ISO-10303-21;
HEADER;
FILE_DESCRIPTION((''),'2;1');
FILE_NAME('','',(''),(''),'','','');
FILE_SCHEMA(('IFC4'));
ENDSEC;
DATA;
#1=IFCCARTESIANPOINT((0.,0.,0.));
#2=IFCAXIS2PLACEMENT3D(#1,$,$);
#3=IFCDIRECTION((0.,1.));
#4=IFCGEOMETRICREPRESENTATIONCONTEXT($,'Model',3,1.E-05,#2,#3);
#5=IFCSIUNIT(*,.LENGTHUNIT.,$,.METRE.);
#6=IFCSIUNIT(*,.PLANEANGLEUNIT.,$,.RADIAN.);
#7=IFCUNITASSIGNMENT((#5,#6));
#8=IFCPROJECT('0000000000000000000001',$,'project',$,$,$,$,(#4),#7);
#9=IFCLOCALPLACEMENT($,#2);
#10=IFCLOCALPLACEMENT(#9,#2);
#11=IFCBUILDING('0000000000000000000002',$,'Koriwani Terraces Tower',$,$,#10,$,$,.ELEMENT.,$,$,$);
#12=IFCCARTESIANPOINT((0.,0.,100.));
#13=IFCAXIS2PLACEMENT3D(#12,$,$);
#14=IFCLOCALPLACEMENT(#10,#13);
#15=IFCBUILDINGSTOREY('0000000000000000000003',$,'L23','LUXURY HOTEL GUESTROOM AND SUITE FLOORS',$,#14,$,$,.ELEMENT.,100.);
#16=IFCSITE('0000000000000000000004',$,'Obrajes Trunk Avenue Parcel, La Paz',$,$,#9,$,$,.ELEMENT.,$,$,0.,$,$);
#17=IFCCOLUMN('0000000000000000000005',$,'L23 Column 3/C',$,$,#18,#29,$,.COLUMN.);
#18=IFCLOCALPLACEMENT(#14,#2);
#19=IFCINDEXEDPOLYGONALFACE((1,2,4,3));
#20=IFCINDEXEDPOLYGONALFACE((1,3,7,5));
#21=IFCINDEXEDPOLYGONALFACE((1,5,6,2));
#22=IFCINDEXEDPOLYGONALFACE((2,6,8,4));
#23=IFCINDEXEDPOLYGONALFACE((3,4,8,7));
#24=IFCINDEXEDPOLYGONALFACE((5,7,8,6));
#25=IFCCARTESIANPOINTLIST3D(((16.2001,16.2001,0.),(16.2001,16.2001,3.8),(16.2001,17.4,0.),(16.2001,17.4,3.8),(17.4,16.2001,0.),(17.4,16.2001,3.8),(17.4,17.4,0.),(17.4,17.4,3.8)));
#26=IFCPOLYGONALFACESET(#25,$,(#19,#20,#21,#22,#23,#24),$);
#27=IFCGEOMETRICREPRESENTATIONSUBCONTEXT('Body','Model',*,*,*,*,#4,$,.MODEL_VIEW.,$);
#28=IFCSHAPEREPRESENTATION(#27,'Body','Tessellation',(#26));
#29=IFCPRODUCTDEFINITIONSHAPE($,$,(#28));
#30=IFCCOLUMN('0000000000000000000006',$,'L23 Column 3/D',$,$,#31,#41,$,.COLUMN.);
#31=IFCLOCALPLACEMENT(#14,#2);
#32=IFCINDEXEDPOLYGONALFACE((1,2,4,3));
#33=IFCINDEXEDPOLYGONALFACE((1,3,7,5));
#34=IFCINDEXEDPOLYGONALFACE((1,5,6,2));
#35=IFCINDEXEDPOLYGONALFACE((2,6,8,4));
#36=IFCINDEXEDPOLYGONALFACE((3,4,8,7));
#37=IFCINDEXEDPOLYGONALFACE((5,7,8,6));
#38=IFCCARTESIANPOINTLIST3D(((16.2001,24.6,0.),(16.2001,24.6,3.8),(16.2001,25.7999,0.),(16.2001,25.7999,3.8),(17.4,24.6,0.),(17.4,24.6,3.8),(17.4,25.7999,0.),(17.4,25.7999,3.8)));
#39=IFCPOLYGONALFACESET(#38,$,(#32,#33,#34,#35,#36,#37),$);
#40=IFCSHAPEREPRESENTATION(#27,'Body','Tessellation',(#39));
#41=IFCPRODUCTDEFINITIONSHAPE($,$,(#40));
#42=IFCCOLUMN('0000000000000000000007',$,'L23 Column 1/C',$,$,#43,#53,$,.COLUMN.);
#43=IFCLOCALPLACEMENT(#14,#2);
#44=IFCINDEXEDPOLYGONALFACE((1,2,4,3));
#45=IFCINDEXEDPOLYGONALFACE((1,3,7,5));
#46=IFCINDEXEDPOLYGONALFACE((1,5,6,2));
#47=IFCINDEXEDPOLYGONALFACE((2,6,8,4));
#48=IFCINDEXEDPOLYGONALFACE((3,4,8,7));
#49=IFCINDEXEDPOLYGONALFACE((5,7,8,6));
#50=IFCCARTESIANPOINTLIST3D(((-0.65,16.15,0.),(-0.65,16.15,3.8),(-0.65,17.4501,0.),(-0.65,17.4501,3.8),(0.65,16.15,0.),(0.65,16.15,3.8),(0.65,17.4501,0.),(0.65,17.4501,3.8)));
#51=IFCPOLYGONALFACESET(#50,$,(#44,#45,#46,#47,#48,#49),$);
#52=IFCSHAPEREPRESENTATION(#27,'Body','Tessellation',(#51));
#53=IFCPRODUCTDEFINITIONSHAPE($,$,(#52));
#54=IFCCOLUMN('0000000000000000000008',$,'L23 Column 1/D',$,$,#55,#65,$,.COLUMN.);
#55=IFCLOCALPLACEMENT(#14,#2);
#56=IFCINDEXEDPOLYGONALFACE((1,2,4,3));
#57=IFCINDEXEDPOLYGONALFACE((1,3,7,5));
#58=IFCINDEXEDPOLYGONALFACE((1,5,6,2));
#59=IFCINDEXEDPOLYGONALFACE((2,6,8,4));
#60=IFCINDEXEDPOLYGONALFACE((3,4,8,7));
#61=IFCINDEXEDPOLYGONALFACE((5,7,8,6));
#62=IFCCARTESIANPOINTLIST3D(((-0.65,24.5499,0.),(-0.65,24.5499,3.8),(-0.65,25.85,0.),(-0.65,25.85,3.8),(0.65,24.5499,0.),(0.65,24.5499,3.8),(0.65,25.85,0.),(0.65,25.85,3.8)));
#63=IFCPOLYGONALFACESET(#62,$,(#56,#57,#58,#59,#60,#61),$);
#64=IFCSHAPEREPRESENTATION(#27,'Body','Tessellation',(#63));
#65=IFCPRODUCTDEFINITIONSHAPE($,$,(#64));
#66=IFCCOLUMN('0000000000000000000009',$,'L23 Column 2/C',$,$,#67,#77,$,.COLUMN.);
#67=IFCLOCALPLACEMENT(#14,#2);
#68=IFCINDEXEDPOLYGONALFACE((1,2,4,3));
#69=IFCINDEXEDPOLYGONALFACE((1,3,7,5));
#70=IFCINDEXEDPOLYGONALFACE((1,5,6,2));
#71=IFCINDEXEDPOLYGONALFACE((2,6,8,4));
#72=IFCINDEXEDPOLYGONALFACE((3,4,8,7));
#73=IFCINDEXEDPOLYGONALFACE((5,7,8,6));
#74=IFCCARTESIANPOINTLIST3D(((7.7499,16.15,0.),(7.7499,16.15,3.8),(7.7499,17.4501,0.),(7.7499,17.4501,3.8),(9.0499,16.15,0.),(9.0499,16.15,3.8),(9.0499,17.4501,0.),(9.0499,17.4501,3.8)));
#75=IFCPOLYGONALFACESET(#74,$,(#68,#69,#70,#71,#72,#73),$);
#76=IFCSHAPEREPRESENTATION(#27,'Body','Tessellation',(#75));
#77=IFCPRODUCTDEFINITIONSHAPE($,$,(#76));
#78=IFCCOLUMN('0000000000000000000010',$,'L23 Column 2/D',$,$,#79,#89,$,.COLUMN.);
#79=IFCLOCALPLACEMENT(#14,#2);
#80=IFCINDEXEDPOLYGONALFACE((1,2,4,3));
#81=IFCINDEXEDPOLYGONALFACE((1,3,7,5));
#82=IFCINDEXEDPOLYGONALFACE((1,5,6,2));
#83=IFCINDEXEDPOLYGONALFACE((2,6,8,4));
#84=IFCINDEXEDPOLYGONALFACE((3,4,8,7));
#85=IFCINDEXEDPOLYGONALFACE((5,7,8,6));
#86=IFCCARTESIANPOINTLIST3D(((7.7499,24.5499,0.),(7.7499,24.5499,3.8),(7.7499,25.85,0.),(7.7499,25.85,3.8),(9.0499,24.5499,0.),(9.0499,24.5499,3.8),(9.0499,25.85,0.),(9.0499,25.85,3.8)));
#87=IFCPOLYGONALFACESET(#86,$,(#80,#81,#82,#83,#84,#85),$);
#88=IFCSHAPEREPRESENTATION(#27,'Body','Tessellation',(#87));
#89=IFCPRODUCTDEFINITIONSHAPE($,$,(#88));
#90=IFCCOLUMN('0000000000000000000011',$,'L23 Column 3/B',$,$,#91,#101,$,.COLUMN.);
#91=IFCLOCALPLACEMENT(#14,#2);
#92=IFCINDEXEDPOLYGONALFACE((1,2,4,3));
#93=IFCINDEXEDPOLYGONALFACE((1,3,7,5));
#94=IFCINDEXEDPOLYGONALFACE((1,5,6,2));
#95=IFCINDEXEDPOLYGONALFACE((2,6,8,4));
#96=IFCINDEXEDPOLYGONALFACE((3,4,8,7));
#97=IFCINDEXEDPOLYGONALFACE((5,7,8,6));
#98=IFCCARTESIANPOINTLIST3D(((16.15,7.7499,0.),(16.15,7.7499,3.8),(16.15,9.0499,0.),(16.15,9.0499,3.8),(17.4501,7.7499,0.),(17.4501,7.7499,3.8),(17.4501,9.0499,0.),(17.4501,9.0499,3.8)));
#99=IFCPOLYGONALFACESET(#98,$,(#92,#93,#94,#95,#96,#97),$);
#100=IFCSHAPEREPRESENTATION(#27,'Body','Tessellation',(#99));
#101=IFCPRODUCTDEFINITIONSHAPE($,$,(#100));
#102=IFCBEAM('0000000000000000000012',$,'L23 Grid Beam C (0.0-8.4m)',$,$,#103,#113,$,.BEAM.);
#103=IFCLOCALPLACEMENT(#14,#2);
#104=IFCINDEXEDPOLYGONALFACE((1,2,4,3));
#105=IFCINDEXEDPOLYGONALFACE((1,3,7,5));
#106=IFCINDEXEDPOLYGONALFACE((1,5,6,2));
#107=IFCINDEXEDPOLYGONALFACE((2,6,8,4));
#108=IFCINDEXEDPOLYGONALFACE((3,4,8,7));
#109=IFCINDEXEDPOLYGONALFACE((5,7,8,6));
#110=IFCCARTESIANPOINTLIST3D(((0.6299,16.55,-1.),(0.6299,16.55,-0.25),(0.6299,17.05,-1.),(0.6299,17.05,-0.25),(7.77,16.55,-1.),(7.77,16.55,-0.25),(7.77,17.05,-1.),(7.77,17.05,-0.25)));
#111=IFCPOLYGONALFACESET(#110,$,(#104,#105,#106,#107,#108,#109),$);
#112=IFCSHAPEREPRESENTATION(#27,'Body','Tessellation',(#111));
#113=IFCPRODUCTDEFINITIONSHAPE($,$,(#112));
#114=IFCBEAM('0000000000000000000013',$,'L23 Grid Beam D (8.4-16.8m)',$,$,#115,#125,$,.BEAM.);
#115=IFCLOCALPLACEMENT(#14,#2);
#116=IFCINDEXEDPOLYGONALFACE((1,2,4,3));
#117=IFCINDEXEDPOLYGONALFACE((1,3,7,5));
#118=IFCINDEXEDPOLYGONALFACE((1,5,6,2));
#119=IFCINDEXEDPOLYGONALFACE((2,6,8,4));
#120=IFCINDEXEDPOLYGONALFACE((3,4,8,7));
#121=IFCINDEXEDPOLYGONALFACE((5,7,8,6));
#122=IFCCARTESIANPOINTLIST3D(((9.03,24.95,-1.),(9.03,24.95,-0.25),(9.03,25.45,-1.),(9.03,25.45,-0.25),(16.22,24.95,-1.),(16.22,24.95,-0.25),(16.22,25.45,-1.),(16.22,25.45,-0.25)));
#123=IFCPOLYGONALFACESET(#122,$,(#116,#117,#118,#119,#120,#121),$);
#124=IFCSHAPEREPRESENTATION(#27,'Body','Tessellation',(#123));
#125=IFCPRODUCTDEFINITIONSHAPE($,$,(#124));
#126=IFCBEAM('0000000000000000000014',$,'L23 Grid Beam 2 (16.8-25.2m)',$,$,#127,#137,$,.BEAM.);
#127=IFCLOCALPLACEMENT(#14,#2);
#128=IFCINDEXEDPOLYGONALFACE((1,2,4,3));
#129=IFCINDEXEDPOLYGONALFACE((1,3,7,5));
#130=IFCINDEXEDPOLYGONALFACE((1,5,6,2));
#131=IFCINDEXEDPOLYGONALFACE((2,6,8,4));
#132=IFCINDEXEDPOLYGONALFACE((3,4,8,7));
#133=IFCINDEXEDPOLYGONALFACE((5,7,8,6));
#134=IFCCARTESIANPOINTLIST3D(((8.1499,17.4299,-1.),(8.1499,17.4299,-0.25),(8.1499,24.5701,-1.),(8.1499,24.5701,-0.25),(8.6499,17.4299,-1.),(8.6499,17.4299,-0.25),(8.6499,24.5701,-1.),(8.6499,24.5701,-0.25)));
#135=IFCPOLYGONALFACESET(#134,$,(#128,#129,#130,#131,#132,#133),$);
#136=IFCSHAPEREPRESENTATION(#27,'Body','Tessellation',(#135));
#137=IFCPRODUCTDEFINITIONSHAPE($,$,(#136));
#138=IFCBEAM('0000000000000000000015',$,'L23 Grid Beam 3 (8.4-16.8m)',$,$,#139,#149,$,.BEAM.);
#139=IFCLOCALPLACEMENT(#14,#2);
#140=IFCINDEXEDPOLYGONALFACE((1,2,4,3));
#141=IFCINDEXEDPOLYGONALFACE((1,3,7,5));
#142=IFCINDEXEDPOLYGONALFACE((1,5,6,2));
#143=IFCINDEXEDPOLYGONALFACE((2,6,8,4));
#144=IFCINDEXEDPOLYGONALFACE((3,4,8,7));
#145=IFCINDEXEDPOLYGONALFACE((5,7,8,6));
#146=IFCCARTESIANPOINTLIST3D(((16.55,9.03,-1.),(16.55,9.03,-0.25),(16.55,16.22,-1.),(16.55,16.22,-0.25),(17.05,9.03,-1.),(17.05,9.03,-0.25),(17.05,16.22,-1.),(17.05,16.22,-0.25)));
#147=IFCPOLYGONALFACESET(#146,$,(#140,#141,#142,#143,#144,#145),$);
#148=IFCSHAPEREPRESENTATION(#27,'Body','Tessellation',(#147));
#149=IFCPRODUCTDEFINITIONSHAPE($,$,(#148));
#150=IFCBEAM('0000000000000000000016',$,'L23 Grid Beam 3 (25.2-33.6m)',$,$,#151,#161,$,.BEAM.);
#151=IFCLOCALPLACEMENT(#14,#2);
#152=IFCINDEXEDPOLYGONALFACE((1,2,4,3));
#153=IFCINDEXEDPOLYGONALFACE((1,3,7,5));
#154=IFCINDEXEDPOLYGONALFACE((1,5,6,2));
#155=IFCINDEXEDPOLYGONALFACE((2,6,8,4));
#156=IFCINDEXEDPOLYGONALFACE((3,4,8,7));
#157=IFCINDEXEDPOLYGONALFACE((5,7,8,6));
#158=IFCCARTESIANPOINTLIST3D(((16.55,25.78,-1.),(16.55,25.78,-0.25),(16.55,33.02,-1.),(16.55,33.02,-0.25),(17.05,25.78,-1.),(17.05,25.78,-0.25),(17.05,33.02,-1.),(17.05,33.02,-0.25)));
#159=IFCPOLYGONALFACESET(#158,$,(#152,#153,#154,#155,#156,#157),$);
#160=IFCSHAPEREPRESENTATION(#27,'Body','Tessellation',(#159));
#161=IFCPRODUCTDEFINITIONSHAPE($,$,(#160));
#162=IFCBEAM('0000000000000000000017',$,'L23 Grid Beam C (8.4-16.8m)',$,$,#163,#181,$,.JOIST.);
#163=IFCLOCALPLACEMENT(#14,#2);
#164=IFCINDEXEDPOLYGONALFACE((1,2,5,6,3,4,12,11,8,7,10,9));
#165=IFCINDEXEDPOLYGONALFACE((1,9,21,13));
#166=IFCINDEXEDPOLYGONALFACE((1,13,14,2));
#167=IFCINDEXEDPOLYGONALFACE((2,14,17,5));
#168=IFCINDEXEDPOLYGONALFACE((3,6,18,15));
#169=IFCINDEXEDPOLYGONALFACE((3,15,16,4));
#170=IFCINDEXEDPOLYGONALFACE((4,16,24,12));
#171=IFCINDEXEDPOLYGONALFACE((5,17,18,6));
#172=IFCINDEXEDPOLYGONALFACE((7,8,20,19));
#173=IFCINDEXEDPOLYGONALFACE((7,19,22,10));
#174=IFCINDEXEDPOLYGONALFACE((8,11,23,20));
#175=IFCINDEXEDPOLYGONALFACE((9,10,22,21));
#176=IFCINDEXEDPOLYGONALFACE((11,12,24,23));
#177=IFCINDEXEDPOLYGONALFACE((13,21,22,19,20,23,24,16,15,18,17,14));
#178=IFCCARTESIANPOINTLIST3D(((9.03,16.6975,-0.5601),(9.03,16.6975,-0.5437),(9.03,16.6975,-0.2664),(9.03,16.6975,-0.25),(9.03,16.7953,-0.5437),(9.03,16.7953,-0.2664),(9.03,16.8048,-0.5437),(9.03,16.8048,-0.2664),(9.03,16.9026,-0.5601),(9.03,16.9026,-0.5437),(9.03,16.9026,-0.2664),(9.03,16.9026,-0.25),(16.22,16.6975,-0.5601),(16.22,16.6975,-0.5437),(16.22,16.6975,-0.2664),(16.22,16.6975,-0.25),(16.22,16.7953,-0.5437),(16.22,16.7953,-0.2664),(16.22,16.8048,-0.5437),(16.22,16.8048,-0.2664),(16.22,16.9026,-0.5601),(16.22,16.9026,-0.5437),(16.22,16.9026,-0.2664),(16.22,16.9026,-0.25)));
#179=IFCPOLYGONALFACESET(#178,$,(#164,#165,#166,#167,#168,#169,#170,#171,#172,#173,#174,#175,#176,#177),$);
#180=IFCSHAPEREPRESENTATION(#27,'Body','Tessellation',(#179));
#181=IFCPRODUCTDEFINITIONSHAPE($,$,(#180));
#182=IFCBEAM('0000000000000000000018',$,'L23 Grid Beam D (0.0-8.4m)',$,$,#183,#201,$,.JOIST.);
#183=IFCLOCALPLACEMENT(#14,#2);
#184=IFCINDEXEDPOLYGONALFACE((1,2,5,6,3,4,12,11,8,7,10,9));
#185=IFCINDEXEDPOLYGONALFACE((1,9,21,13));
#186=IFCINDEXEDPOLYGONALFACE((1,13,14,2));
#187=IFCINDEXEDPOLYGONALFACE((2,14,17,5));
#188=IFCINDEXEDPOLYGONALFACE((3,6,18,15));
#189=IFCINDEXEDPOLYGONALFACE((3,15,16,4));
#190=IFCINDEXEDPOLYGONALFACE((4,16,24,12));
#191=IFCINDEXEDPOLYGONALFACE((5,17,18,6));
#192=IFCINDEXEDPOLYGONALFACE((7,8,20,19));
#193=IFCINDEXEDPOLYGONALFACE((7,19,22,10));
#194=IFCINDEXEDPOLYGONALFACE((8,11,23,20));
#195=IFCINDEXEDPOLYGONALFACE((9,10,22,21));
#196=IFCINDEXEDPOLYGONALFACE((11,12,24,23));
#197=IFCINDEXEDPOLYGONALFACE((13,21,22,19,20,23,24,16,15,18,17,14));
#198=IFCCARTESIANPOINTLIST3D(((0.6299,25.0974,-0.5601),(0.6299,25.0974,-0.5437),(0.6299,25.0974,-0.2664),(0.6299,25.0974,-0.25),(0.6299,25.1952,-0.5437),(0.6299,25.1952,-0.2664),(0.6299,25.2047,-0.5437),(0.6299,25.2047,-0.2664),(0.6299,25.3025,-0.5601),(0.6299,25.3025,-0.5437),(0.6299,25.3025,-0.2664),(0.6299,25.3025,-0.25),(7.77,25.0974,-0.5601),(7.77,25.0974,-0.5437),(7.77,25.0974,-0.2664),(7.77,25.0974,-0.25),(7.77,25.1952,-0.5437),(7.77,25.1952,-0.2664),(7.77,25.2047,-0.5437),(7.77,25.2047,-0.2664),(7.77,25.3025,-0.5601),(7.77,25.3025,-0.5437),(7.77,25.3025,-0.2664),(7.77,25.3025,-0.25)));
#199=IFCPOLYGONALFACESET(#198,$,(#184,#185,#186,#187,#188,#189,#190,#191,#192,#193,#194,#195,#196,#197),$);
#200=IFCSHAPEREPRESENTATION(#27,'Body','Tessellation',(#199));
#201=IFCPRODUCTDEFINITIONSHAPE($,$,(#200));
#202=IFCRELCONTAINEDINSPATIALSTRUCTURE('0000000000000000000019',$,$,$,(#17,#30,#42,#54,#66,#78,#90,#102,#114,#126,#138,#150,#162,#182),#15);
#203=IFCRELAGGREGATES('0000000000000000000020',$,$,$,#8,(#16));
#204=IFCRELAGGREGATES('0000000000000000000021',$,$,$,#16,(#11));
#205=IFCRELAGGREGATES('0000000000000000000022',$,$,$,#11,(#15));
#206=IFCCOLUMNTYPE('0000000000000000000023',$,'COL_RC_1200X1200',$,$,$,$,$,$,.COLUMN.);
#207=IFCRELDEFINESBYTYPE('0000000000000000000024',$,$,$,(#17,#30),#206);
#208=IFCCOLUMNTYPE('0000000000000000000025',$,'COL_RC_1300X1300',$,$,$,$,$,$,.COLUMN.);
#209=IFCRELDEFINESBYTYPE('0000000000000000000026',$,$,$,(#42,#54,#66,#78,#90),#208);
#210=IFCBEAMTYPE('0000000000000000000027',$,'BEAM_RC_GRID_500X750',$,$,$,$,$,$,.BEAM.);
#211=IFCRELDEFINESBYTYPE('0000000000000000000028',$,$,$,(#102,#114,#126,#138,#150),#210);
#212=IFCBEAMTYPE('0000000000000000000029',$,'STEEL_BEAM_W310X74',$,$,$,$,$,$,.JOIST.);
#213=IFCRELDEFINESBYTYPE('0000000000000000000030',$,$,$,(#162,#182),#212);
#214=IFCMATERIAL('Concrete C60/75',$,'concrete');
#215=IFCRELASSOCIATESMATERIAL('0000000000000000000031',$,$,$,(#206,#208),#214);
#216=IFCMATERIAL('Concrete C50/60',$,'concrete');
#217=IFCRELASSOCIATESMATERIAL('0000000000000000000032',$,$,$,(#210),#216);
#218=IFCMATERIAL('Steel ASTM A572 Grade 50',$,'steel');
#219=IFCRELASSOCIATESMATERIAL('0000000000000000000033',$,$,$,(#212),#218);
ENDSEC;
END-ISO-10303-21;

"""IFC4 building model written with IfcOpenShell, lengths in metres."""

from ifc_helpers import new_model, si_unit, direction, frame, origin, origin_2d, place, context, subcontext, project, spatial, rectangle, i_section, extrude, material, material_profile, profile_set, type_object, element, save


model = new_model("IFC4")

# Units and contexts
model_context = context("Model", 3, precision=1e-05, world=origin(), true_north=direction((0.0, 1.0)))
body_context = subcontext(model_context, "Body", "Model", "MODEL_VIEW")
ifc_project = project(units=[si_unit("LENGTHUNIT", "METRE"), si_unit("PLANEANGLEUNIT", "RADIAN")], contexts=[model_context])

# Site, building, storey
site_placement = place(None, origin())
site = spatial("IfcSite", under=ifc_project, at=site_placement, Name="Obrajes Trunk Avenue Parcel, La Paz", CompositionType="ELEMENT", RefElevation=0.0)
building_placement = place(site_placement, origin())
building = spatial("IfcBuilding", under=site, at=building_placement, Name="Koriwani Terraces Tower", CompositionType="ELEMENT")
storey_placement = place(building_placement, frame((0.0, 0.0, 100.0)))
storey = spatial("IfcBuildingStorey", under=building, at=storey_placement, Name="L23", Description="LUXURY HOTEL GUESTROOM AND SUITE FLOORS", CompositionType="ELEMENT", Elevation=100.0)

# Columns
ifc_material_1 = material(Name="Concrete C60/75", Category="concrete")
ifc_material_profile_1 = material_profile(ifc_material_1, rectangle(XDim=1.2, YDim=1.2, at=origin_2d()), Name="Concrete C60/75", Category="LoadBearing")
ifc_profile_set_1 = profile_set([ifc_material_profile_1], Name="Concrete C60/75")
column_type_1 = type_object("IfcColumnType", Name="COL_RC_1200X1200", PredefinedType="COLUMN", material=ifc_profile_set_1)
for number, where, z_axis, x_axis, name in (
    (1, (16.8, 16.8, 0.0), (0.0, 0.0, 1.0), (1.0, 0.0, 0.0), "L23 Column 3/C"),
    (2, (16.8, 25.2, 0.0), (0.0, 0.0, 1.0), (1.0, 0.0, 0.0), "L23 Column 3/D"),
):
    element("IfcColumn", number, at=place(storey_placement, frame(where, z_axis=z_axis, x_axis=x_axis)), inside=storey, type_object=column_type_1, Name=name, PredefinedType="COLUMN", context=body_context, shape_type="SweptSolid", body=[
        extrude(rectangle(XDim=1.2, YDim=1.2, at=origin_2d()), origin(), (0.0, 0.0, 1.0), 3.8),
    ])
ifc_material_profile_2 = material_profile(ifc_material_1, rectangle(XDim=1.3, YDim=1.3, at=origin_2d()), Name="Concrete C60/75", Category="LoadBearing")
ifc_profile_set_2 = profile_set([ifc_material_profile_2], Name="Concrete C60/75")
column_type_2 = type_object("IfcColumnType", Name="COL_RC_1300X1300", PredefinedType="COLUMN", material=ifc_profile_set_2)
for number, where, z_axis, x_axis, name in (
    (3, (0.0, 16.8, 0.0), (0.0, 0.0, 1.0), (1.0, 0.0, 0.0), "L23 Column 1/C"),
    (4, (0.0, 25.2, 0.0), (0.0, 0.0, 1.0), (1.0, 0.0, 0.0), "L23 Column 1/D"),
    (5, (8.3999, 16.8, 0.0), (0.0, 0.0, 1.0), (1.0, 0.0, 0.0), "L23 Column 2/C"),
    (6, (8.3999, 25.2, 0.0), (0.0, 0.0, 1.0), (1.0, 0.0, 0.0), "L23 Column 2/D"),
    (7, (16.8, 8.3999, 0.0), (0.0, 0.0, 1.0), (1.0, 0.0, 0.0), "L23 Column 3/B"),
):
    element("IfcColumn", number, at=place(storey_placement, frame(where, z_axis=z_axis, x_axis=x_axis)), inside=storey, type_object=column_type_2, Name=name, PredefinedType="COLUMN", context=body_context, shape_type="SweptSolid", body=[
        extrude(rectangle(XDim=1.3, YDim=1.3, at=origin_2d()), origin(), (0.0, 0.0, 1.0), 3.8),
    ])

# Beams
ifc_material_2 = material(Name="Concrete C50/60", Category="concrete")
ifc_material_profile_3 = material_profile(ifc_material_2, rectangle(XDim=0.5, YDim=0.75, at=origin_2d()), Name="Concrete C50/60", Category="LoadBearing")
ifc_profile_set_3 = profile_set([ifc_material_profile_3], Name="Concrete C50/60")
beam_type_1 = type_object("IfcBeamType", Name="BEAM_RC_GRID_500X750", PredefinedType="BEAM", material=ifc_profile_set_3)
beam_1_placement = place(storey_placement, frame((0.6299, 16.8, -0.625), z_axis=(1.0, 0.0, 0.0), x_axis=(0.0, 1.0, 0.0)))
element("IfcBeam", 8, at=beam_1_placement, inside=storey, type_object=beam_type_1, Name="L23 Grid Beam C (0.0-8.4m)", PredefinedType="BEAM", context=body_context, shape_type="SweptSolid", body=[
    extrude(rectangle(XDim=0.5, YDim=0.75, at=origin_2d()), origin(), (0.0, 0.0, 1.0), 7.1401),
])
beam_2_placement = place(storey_placement, frame((9.03, 25.2, -0.625), z_axis=(1.0, 0.0, 0.0), x_axis=(0.0, 1.0, 0.0)))
element("IfcBeam", 9, at=beam_2_placement, inside=storey, type_object=beam_type_1, Name="L23 Grid Beam D (8.4-16.8m)", PredefinedType="BEAM", context=body_context, shape_type="SweptSolid", body=[
    extrude(rectangle(XDim=0.5, YDim=0.75, at=origin_2d()), origin(), (0.0, 0.0, 1.0), 7.1899),
])
beam_3_placement = place(storey_placement, frame((8.3999, 17.4299, -0.625), z_axis=(0.0, 1.0, 0.0), x_axis=(-1.0, 0.0, 0.0)))
element("IfcBeam", 10, at=beam_3_placement, inside=storey, type_object=beam_type_1, Name="L23 Grid Beam 2 (16.8-25.2m)", PredefinedType="BEAM", context=body_context, shape_type="SweptSolid", body=[
    extrude(rectangle(XDim=0.5, YDim=0.75, at=origin_2d()), origin(), (0.0, 0.0, 1.0), 7.1401),
])
beam_4_placement = place(storey_placement, frame((16.8, 9.03, -0.625), z_axis=(0.0, 1.0, 0.0), x_axis=(-1.0, 0.0, 0.0)))
element("IfcBeam", 11, at=beam_4_placement, inside=storey, type_object=beam_type_1, Name="L23 Grid Beam 3 (8.4-16.8m)", PredefinedType="BEAM", context=body_context, shape_type="SweptSolid", body=[
    extrude(rectangle(XDim=0.5, YDim=0.75, at=origin_2d()), origin(), (0.0, 0.0, 1.0), 7.1899),
])
beam_5_placement = place(storey_placement, frame((16.8, 25.78, -0.625), z_axis=(0.0, 1.0, 0.0), x_axis=(-1.0, 0.0, 0.0)))
element("IfcBeam", 12, at=beam_5_placement, inside=storey, type_object=beam_type_1, Name="L23 Grid Beam 3 (25.2-33.6m)", PredefinedType="BEAM", context=body_context, shape_type="SweptSolid", body=[
    extrude(rectangle(XDim=0.5, YDim=0.75, at=origin_2d()), origin(), (0.0, 0.0, 1.0), 7.24),
])
ifc_material_3 = material(Name="Steel ASTM A572 Grade 50", Category="steel")
ifc_material_profile_4 = material_profile(ifc_material_3, i_section(OverallWidth=0.2051, OverallDepth=0.3101, WebThickness=0.0095, FlangeThickness=0.0164, at=origin_2d()), Name="Steel ASTM A572 Grade 50", Category="LoadBearing")
ifc_profile_set_4 = profile_set([ifc_material_profile_4], Name="Steel ASTM A572 Grade 50")
beam_type_2 = type_object("IfcBeamType", Name="STEEL_BEAM_W310X74", PredefinedType="JOIST", material=ifc_profile_set_4)
beam_6_placement = place(storey_placement, frame((9.03, 16.8, -0.405), z_axis=(1.0, 0.0, 0.0), x_axis=(0.0, 1.0, 0.0)))
element("IfcBeam", 13, at=beam_6_placement, inside=storey, type_object=beam_type_2, Name="L23 Grid Beam C (8.4-16.8m)", PredefinedType="JOIST", context=body_context, shape_type="SweptSolid", body=[
    extrude(i_section(OverallWidth=0.2051, OverallDepth=0.3101, WebThickness=0.0095, FlangeThickness=0.0164, at=origin_2d()), origin(), (0.0, 0.0, 1.0), 7.1899),
])
beam_7_placement = place(storey_placement, frame((0.6299, 25.2, -0.405), z_axis=(1.0, 0.0, 0.0), x_axis=(0.0, 1.0, 0.0)))
element("IfcBeam", 14, at=beam_7_placement, inside=storey, type_object=beam_type_2, Name="L23 Grid Beam D (0.0-8.4m)", PredefinedType="JOIST", context=body_context, shape_type="SweptSolid", body=[
    extrude(i_section(OverallWidth=0.2051, OverallDepth=0.3101, WebThickness=0.0095, FlangeThickness=0.0164, at=origin_2d()), origin(), (0.0, 0.0, 1.0), 7.1401),
])

save(model, "model.ifc")
